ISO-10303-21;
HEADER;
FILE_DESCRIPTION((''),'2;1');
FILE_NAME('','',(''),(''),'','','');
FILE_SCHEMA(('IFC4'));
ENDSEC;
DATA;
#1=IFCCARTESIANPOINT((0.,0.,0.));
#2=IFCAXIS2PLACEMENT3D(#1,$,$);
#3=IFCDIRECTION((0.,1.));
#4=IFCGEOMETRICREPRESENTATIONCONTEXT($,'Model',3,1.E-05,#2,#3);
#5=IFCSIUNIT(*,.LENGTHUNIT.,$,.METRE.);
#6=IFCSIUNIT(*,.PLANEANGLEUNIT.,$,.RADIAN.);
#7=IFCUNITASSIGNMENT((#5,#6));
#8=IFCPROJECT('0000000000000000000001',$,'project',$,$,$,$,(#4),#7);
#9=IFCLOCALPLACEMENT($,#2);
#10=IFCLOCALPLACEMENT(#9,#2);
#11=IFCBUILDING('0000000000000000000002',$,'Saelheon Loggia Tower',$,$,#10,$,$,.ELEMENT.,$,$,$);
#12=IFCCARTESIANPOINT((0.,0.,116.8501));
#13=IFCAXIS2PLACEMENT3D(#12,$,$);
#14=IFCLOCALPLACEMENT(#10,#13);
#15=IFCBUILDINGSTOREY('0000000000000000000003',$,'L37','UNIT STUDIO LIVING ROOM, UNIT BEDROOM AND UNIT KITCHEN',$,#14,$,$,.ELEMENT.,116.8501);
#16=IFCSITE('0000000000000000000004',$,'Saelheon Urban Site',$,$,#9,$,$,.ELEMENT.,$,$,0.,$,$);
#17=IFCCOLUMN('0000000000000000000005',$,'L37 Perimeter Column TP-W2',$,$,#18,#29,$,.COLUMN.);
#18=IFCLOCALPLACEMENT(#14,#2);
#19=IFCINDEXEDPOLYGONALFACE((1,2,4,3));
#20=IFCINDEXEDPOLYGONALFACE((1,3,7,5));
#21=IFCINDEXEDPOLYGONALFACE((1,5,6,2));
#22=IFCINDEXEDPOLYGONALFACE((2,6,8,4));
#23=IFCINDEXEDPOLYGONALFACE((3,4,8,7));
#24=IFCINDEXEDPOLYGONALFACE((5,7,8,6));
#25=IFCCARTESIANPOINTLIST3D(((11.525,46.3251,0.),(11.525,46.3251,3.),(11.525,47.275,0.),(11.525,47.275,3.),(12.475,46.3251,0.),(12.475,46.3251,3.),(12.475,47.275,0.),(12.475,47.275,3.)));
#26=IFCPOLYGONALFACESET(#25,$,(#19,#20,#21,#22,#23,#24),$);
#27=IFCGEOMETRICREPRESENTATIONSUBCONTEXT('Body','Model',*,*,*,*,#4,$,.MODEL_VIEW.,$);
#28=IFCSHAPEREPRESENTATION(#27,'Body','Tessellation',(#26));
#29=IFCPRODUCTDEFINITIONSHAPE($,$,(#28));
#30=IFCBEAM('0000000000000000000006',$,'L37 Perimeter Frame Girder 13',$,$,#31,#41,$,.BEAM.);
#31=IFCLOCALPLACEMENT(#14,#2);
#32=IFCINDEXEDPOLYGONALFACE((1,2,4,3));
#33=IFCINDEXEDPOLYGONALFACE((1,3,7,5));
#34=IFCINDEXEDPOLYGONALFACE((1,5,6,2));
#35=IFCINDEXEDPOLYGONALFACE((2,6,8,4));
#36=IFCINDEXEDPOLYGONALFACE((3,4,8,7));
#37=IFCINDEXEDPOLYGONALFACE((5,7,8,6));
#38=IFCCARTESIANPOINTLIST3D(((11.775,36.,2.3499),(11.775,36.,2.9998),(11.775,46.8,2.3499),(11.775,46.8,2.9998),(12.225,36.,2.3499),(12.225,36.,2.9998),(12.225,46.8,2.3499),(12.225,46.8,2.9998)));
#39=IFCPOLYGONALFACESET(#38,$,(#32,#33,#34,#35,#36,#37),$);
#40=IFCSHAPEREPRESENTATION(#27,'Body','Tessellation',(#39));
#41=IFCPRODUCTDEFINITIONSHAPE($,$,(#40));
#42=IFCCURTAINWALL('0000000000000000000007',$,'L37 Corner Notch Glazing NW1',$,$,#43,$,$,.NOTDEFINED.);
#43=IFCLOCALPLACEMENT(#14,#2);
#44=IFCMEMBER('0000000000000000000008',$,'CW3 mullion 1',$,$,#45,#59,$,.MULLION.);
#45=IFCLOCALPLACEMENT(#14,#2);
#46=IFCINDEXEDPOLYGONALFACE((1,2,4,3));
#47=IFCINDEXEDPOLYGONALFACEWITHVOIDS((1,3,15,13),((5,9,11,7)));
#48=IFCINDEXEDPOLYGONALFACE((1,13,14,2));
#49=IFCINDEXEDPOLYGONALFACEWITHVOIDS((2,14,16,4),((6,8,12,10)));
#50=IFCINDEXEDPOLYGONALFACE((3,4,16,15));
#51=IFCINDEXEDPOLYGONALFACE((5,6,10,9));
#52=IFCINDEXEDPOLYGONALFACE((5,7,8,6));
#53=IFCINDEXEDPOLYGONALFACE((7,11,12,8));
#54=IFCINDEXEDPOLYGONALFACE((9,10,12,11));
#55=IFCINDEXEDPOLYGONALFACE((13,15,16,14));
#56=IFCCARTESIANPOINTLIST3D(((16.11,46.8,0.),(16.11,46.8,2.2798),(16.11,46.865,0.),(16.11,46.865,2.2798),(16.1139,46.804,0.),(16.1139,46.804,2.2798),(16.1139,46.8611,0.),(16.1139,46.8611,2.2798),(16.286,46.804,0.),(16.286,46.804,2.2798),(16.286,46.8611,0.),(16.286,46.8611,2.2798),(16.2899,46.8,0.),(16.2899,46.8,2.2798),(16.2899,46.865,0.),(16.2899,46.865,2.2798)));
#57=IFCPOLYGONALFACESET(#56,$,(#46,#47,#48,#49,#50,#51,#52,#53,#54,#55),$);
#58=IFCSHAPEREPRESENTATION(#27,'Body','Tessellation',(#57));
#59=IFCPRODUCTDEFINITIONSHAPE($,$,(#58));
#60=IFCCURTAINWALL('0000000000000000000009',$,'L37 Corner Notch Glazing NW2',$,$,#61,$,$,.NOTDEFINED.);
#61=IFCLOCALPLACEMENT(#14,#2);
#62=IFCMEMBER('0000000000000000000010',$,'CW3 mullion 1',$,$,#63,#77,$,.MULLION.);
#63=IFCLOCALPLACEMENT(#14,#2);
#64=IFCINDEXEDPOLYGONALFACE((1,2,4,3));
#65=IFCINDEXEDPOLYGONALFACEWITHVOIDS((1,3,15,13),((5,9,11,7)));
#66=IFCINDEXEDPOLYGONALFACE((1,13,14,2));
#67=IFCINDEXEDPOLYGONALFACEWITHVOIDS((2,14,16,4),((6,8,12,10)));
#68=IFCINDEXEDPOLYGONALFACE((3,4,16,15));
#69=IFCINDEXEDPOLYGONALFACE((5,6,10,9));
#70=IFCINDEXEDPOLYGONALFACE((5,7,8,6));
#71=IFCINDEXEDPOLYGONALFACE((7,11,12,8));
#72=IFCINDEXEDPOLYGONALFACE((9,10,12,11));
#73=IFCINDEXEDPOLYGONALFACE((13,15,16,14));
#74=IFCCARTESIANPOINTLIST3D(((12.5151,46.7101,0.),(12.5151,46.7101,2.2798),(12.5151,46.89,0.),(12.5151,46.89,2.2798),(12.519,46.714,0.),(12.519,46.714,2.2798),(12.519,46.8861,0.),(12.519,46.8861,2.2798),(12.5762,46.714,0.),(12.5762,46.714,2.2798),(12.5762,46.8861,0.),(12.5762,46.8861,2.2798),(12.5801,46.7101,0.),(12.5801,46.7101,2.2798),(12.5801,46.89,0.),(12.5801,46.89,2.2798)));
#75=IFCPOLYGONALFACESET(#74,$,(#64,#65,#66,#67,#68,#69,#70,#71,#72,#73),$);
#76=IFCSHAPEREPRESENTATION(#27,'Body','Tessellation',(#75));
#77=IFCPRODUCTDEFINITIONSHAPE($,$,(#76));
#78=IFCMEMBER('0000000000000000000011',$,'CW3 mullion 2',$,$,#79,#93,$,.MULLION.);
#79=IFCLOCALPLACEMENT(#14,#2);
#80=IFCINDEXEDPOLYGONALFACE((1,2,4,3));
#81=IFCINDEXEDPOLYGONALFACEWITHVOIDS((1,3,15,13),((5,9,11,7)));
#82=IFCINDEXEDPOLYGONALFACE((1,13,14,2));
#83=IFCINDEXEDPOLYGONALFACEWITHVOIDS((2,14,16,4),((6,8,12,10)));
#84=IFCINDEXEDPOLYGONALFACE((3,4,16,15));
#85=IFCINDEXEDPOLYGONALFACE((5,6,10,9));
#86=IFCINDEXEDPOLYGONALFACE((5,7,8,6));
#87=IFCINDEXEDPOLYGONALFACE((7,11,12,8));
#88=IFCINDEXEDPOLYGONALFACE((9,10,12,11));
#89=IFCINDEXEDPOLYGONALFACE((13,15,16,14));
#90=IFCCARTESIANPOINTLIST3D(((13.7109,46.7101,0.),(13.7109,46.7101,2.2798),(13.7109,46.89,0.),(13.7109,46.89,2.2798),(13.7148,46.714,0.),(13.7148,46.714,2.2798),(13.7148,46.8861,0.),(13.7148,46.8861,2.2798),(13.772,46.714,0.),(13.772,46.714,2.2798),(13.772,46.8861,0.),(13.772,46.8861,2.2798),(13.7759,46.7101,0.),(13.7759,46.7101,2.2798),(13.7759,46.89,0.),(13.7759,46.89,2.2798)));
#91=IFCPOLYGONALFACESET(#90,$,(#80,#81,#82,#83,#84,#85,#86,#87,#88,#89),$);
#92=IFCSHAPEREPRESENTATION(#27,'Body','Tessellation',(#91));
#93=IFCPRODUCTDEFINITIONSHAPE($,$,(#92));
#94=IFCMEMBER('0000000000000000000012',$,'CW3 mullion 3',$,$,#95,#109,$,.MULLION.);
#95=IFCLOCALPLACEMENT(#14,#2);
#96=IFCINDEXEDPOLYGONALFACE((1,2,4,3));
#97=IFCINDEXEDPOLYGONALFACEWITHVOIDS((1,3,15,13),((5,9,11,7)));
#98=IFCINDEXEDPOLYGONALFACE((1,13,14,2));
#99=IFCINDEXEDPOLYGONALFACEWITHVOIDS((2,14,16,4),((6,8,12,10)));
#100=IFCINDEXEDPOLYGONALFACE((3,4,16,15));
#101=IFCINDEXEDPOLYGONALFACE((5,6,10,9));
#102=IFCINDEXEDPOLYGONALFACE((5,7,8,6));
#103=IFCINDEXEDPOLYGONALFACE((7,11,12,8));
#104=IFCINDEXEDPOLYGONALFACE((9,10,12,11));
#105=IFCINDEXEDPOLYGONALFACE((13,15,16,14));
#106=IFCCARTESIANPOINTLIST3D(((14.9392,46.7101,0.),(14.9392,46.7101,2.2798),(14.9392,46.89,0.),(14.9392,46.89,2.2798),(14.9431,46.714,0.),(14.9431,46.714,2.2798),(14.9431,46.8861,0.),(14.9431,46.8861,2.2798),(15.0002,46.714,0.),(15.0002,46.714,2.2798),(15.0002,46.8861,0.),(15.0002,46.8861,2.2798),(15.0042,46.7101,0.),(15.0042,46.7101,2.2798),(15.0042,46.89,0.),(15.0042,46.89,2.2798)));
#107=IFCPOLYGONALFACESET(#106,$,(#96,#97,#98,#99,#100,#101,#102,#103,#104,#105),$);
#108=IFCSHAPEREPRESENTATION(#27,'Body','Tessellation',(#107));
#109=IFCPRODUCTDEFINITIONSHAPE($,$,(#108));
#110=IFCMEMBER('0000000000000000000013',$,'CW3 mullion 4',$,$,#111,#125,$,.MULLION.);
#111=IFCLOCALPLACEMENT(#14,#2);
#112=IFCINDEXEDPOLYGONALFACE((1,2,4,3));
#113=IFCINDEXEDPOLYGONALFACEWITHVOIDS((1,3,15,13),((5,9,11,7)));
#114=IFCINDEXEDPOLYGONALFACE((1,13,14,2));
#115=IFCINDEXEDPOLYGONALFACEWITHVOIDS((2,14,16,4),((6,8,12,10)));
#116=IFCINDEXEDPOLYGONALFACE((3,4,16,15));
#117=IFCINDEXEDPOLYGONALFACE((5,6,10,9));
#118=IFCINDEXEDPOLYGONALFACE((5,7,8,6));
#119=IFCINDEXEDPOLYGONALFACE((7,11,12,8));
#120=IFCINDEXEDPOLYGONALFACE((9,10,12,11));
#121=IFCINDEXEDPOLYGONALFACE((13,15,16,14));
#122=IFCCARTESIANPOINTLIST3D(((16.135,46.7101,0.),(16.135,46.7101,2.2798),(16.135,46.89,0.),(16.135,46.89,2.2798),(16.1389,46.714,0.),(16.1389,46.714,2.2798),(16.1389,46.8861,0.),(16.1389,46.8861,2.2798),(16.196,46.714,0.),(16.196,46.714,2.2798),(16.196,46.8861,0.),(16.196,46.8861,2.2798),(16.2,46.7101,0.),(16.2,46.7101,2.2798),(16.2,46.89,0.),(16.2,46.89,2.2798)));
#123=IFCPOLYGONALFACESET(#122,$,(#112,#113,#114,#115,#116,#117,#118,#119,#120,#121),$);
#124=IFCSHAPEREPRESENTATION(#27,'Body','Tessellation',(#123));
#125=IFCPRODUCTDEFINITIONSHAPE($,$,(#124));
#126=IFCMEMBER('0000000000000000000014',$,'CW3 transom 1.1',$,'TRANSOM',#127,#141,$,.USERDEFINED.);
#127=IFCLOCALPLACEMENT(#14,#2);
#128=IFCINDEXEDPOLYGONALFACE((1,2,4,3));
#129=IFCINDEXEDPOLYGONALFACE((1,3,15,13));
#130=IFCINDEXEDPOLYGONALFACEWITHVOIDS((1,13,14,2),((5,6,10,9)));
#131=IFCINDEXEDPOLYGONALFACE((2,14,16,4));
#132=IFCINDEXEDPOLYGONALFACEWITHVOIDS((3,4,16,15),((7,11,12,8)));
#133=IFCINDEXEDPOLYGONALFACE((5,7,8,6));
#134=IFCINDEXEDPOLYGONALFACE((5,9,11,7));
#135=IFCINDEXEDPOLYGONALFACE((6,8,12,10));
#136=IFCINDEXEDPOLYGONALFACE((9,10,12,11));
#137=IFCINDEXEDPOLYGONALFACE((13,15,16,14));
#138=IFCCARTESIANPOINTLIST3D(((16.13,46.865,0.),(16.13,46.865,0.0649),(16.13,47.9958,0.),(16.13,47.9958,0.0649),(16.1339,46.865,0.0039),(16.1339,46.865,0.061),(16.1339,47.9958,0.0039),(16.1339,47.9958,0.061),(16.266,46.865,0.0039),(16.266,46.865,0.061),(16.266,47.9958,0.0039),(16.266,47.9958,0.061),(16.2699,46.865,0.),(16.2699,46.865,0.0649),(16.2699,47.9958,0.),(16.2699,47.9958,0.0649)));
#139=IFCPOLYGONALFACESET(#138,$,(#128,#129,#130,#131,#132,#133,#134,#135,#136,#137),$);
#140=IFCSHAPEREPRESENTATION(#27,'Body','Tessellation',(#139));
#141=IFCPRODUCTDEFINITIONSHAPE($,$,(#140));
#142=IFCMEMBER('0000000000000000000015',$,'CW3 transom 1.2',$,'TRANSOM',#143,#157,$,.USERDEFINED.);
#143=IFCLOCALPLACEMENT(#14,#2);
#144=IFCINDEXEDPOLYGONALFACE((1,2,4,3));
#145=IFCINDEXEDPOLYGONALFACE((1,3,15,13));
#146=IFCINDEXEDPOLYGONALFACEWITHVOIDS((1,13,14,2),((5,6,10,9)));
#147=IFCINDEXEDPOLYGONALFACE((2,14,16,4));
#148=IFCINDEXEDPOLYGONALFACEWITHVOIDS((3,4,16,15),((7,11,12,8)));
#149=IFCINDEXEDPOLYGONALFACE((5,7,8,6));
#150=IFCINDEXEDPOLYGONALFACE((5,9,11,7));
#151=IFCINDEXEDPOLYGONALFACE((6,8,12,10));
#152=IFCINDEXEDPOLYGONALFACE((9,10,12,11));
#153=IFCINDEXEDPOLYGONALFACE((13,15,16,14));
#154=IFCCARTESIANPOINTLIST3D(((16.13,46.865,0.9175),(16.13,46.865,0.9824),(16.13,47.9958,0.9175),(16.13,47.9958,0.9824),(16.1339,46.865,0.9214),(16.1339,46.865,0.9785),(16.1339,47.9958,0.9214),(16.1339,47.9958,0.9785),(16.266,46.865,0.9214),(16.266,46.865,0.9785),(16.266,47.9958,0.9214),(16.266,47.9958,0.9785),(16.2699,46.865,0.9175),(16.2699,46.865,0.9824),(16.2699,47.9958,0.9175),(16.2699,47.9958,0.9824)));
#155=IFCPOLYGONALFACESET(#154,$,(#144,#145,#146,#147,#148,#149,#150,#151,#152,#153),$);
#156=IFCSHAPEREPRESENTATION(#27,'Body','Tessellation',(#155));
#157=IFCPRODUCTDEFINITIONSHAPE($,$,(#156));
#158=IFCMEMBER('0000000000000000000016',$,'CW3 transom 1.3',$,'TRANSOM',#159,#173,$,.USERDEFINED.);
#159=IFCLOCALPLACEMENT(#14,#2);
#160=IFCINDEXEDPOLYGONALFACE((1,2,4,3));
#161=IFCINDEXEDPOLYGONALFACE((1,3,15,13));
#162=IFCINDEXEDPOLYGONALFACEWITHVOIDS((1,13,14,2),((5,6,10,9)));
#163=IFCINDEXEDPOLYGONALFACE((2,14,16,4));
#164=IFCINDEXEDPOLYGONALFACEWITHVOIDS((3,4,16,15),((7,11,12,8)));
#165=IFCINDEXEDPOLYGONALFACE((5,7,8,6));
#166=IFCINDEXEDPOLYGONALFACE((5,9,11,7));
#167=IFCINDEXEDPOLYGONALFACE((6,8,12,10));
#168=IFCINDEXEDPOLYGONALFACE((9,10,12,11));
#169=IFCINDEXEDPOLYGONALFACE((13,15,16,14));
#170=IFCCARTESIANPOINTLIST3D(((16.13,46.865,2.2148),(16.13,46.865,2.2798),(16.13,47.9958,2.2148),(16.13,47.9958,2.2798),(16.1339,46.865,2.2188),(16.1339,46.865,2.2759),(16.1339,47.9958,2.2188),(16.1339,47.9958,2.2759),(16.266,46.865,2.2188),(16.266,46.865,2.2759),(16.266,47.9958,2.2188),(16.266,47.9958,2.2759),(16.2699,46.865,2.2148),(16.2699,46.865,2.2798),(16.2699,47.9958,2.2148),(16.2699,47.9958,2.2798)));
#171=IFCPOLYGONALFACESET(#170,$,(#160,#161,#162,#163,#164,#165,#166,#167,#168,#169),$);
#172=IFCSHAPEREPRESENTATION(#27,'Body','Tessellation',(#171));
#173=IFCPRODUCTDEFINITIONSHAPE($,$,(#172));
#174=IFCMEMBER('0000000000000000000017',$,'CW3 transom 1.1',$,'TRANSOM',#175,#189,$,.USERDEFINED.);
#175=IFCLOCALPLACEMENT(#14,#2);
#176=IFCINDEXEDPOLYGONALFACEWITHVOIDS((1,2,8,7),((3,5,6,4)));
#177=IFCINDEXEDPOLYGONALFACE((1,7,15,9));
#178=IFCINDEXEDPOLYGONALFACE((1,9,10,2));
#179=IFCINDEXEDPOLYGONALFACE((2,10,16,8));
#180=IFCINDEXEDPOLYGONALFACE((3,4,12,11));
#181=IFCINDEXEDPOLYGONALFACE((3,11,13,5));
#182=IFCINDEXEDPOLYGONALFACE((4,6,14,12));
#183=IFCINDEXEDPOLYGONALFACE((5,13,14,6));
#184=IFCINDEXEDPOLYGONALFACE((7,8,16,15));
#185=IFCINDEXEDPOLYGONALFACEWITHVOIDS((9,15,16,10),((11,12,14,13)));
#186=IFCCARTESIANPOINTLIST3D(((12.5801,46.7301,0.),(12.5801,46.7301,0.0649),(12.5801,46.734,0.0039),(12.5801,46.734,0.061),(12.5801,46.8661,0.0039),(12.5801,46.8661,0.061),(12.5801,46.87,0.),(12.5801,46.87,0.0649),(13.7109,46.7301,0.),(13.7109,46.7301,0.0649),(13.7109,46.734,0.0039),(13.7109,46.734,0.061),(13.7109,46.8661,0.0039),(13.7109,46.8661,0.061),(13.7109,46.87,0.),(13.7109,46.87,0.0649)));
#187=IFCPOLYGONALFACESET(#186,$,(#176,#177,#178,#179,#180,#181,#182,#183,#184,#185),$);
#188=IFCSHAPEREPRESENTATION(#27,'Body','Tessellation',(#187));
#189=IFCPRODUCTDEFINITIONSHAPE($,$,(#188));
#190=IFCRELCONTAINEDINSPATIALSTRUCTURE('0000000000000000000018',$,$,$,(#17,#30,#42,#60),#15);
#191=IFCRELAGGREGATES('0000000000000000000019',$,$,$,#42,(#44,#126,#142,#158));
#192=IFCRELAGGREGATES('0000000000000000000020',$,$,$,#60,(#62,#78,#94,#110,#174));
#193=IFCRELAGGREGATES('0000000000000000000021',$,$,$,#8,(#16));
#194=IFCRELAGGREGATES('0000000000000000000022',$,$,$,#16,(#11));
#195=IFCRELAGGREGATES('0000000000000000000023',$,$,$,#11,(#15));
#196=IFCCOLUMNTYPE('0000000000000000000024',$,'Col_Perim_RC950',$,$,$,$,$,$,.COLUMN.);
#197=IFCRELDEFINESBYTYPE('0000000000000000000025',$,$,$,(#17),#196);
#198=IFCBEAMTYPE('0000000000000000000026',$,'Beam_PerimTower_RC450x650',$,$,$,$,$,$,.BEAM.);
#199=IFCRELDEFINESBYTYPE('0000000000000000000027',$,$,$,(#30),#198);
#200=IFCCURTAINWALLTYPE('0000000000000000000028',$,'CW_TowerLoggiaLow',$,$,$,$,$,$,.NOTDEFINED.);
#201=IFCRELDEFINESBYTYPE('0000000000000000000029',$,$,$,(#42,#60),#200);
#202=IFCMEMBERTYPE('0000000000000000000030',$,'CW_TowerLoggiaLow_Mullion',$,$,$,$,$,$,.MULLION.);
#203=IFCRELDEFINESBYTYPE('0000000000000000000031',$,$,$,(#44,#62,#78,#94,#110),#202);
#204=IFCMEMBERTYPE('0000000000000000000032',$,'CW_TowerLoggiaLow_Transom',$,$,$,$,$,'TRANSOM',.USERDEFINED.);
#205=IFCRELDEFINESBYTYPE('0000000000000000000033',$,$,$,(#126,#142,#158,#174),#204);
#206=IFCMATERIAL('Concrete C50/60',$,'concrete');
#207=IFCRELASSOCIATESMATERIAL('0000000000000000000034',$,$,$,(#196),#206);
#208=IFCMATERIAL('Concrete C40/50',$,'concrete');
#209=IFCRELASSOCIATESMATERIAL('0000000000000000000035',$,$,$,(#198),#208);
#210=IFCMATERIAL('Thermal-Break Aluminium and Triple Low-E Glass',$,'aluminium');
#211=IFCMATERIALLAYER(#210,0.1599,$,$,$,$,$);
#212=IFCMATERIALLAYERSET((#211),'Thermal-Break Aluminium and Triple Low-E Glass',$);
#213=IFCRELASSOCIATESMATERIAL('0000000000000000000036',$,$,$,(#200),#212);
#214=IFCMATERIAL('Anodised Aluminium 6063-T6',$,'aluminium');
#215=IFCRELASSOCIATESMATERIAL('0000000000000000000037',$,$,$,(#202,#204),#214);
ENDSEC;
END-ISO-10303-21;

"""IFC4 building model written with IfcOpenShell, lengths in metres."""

from ifc_helpers import new_model, si_unit, direction, frame, origin, origin_2d, place, context, subcontext, project, spatial, rectangle, hollow_rectangle, extrude, source, transform, mapped, material, layer, layer_set, material_profile, profile_set, type_object, element, aggregate, save


model = new_model("IFC4")

# Units and contexts
model_context = context("Model", 3, precision=1e-05, world=origin(), true_north=direction((0.0, 1.0)))
body_context = subcontext(model_context, "Body", "Model", "MODEL_VIEW")
ifc_project = project(units=[si_unit("LENGTHUNIT", "METRE"), si_unit("PLANEANGLEUNIT", "RADIAN")], contexts=[model_context])

# Site, building, storey
site_placement = place(None, origin())
site = spatial("IfcSite", under=ifc_project, at=site_placement, Name="Saelheon Urban Site", CompositionType="ELEMENT", RefElevation=0.0)
building_placement = place(site_placement, origin())
building = spatial("IfcBuilding", under=site, at=building_placement, Name="Saelheon Loggia Tower", CompositionType="ELEMENT")
storey_placement = place(building_placement, frame((0.0, 0.0, 116.8501)))
storey = spatial("IfcBuildingStorey", under=building, at=storey_placement, Name="L37", Description="UNIT STUDIO LIVING ROOM, UNIT BEDROOM AND UNIT KITCHEN", CompositionType="ELEMENT", Elevation=116.8501)

# Column
ifc_material_1 = material(Name="Concrete C50/60", Category="concrete")
ifc_material_profile_1 = material_profile(ifc_material_1, rectangle(XDim=0.95, YDim=0.95, at=origin_2d()), Name="RC-950x950")
ifc_profile_set_1 = profile_set([ifc_material_profile_1], Name="Concrete C50/60")
column_type = type_object("IfcColumnType", Name="Col_Perim_RC950", PredefinedType="COLUMN", material=ifc_profile_set_1)
shared_shape_1 = source(origin(), body_context, "Body", "SweptSolid", [
    extrude(rectangle(XDim=0.95, YDim=0.95, at=origin_2d()), origin(), (0.0, 0.0, 1.0), 3.0),
])
column_placement = place(storey_placement, frame((12.0, 46.8, 0.0), z_axis=(0.0, 0.0, 1.0), x_axis=(1.0, 0.0, 0.0)))
element("IfcColumn", 1, at=column_placement, inside=storey, type_object=column_type, Name="L37 Perimeter Column TP-W2", PredefinedType="COLUMN", context=body_context, shape_type="MappedRepresentation", body=[
    mapped(shared_shape_1, transform((0.0, 0.0, 0.0), scale=1.0)),
])

# Beam
ifc_material_2 = material(Name="Concrete C40/50", Category="concrete")
ifc_material_profile_2 = material_profile(ifc_material_2, rectangle(XDim=0.45, YDim=0.6499, at=origin_2d()), Name="RC-450x650")
ifc_profile_set_2 = profile_set([ifc_material_profile_2], Name="Concrete C40/50")
beam_type = type_object("IfcBeamType", Name="Beam_PerimTower_RC450x650", PredefinedType="BEAM", material=ifc_profile_set_2)
shared_shape_2 = source(origin(), body_context, "Body", "SweptSolid", [
    extrude(rectangle(XDim=0.45, YDim=0.6499, at=origin_2d()), origin(), (0.0, 0.0, 1.0), 10.8),
])
beam_placement = place(storey_placement, frame((12.0, 46.8, 2.6748), z_axis=(0.0, -1.0, 0.0), x_axis=(1.0, 0.0, 0.0)))
element("IfcBeam", 2, at=beam_placement, inside=storey, type_object=beam_type, Name="L37 Perimeter Frame Girder 13", PredefinedType="BEAM", context=body_context, shape_type="MappedRepresentation", body=[
    mapped(shared_shape_2, transform((0.0, 0.0, 0.0), scale=1.0)),
])

# Curtain wall, member
ifc_material_3 = material(Name="Thermal-Break Aluminium and Triple Low-E Glass", Category="aluminium")
ifc_layer_1 = layer(ifc_material_3, 0.1599)
ifc_layer_set_1 = layer_set([ifc_layer_1], Name="Thermal-Break Aluminium and Triple Low-E Glass")
curtain_wall_type = type_object("IfcCurtainWallType", Name="CW_TowerLoggiaLow", PredefinedType="NOTDEFINED", material=ifc_layer_set_1)
curtain_wall_1_placement = place(storey_placement, origin())
curtain_wall_1 = element("IfcCurtainWall", 3, at=curtain_wall_1_placement, inside=storey, type_object=curtain_wall_type, Name="L37 Corner Notch Glazing NW1", PredefinedType="NOTDEFINED")
ifc_material_4 = material(Name="Anodised Aluminium 6063-T6", Category="aluminium")
ifc_material_profile_3 = material_profile(ifc_material_4, hollow_rectangle(XDim=0.0649, YDim=0.1799, WallThickness=0.0039, at=origin_2d()), Name="RHS-180x65x4")
ifc_profile_set_3 = profile_set([ifc_material_profile_3], Name="Anodised Aluminium 6063-T6")
member_type_1 = type_object("IfcMemberType", Name="CW_TowerLoggiaLow_Mullion", PredefinedType="MULLION", material=ifc_profile_set_3)
shared_shape_3 = source(origin(), body_context, "Body", "SweptSolid", [
    extrude(hollow_rectangle(XDim=0.0649, YDim=0.1799, WallThickness=0.0039, at=origin_2d()), origin(), (0.0, 0.0, 1.0), 2.2798),
])
member_1_placement = place(storey_placement, frame((16.2, 46.8325, 0.0), z_axis=(0.0, 0.0, 1.0), x_axis=(0.0, 1.0, 0.0)))
member_1 = element("IfcMember", 4, at=member_1_placement, type_object=member_type_1, Name="CW3 mullion 1", PredefinedType="MULLION", context=body_context, shape_type="MappedRepresentation", body=[
    mapped(shared_shape_3, transform((0.0, 0.0, 0.0), scale=1.0)),
])

# Curtain wall, members
curtain_wall_2_placement = place(storey_placement, origin())
curtain_wall_2 = element("IfcCurtainWall", 5, at=curtain_wall_2_placement, inside=storey, type_object=curtain_wall_type, Name="L37 Corner Notch Glazing NW2", PredefinedType="NOTDEFINED")
member_2_placement = place(storey_placement, frame((12.5476, 46.8, 0.0), z_axis=(0.0, 0.0, 1.0), x_axis=(1.0, 0.0, 0.0)))
member_2 = element("IfcMember", 6, at=member_2_placement, type_object=member_type_1, Name="CW3 mullion 1", PredefinedType="MULLION", context=body_context, shape_type="MappedRepresentation", body=[
    mapped(shared_shape_3, transform((0.0, 0.0, 0.0), scale=1.0)),
])
member_3_placement = place(storey_placement, frame((13.7434, 46.8, 0.0), z_axis=(0.0, 0.0, 1.0), x_axis=(1.0, 0.0, 0.0)))
member_3 = element("IfcMember", 7, at=member_3_placement, type_object=member_type_1, Name="CW3 mullion 2", PredefinedType="MULLION", context=body_context, shape_type="MappedRepresentation", body=[
    mapped(shared_shape_3, transform((0.0, 0.0, 0.0), scale=1.0)),
])
member_4_placement = place(storey_placement, frame((14.9717, 46.8, 0.0), z_axis=(0.0, 0.0, 1.0), x_axis=(1.0, 0.0, 0.0)))
member_4 = element("IfcMember", 8, at=member_4_placement, type_object=member_type_1, Name="CW3 mullion 3", PredefinedType="MULLION", context=body_context, shape_type="MappedRepresentation", body=[
    mapped(shared_shape_3, transform((0.0, 0.0, 0.0), scale=1.0)),
])
member_5_placement = place(storey_placement, frame((16.1675, 46.8, 0.0), z_axis=(0.0, 0.0, 1.0), x_axis=(1.0, 0.0, 0.0)))
member_5 = element("IfcMember", 9, at=member_5_placement, type_object=member_type_1, Name="CW3 mullion 4", PredefinedType="MULLION", context=body_context, shape_type="MappedRepresentation", body=[
    mapped(shared_shape_3, transform((0.0, 0.0, 0.0), scale=1.0)),
])

# Members
ifc_material_profile_4 = material_profile(ifc_material_4, hollow_rectangle(XDim=0.0649, YDim=0.1399, WallThickness=0.0039, at=origin_2d()), Name="RHS-140x65x4")
ifc_profile_set_4 = profile_set([ifc_material_profile_4], Name="Anodised Aluminium 6063-T6")
member_type_2 = type_object("IfcMemberType", Name="CW_TowerLoggiaLow_Transom", ElementType="TRANSOM", PredefinedType="USERDEFINED", material=ifc_profile_set_4)
shared_shape_4 = source(origin(), body_context, "Body", "SweptSolid", [
    extrude(hollow_rectangle(XDim=0.0649, YDim=0.1399, WallThickness=0.0039, at=origin_2d()), origin(), (0.0, 0.0, 1.0), 1.1309),
])
member_6_placement = place(storey_placement, frame((16.2, 46.865, 0.0325), z_axis=(0.0, 1.0, 0.0), x_axis=(0.0, 0.0, 1.0)))
member_6 = element("IfcMember", 10, at=member_6_placement, type_object=member_type_2, Name="CW3 transom 1.1", ObjectType="TRANSOM", PredefinedType="USERDEFINED", context=body_context, shape_type="MappedRepresentation", body=[
    mapped(shared_shape_4, transform((0.0, 0.0, 0.0), scale=1.0)),
])
member_7_placement = place(storey_placement, frame((16.2, 46.865, 0.95), z_axis=(0.0, 1.0, 0.0), x_axis=(0.0, 0.0, 1.0)))
member_7 = element("IfcMember", 11, at=member_7_placement, type_object=member_type_2, Name="CW3 transom 1.2", ObjectType="TRANSOM", PredefinedType="USERDEFINED", context=body_context, shape_type="MappedRepresentation", body=[
    mapped(shared_shape_4, transform((0.0, 0.0, 0.0), scale=1.0)),
])
member_8_placement = place(storey_placement, frame((16.2, 46.865, 2.2473), z_axis=(0.0, 1.0, 0.0), x_axis=(0.0, 0.0, 1.0)))
member_8 = element("IfcMember", 12, at=member_8_placement, type_object=member_type_2, Name="CW3 transom 1.3", ObjectType="TRANSOM", PredefinedType="USERDEFINED", context=body_context, shape_type="MappedRepresentation", body=[
    mapped(shared_shape_4, transform((0.0, 0.0, 0.0), scale=1.0)),
])
aggregate(curtain_wall_1, [member_1, member_6, member_7, member_8])
member_9_placement = place(storey_placement, frame((12.5801, 46.8, 0.0325), z_axis=(1.0, 0.0, 0.0), x_axis=(0.0, 0.0, 1.0)))
member_9 = element("IfcMember", 13, at=member_9_placement, type_object=member_type_2, Name="CW3 transom 1.1", ObjectType="TRANSOM", PredefinedType="USERDEFINED", context=body_context, shape_type="MappedRepresentation", body=[
    mapped(shared_shape_4, transform((0.0, 0.0, 0.0), scale=1.0)),
])

aggregate(curtain_wall_2, [member_2, member_3, member_4, member_5, member_9])

save(model, "model.ifc")
